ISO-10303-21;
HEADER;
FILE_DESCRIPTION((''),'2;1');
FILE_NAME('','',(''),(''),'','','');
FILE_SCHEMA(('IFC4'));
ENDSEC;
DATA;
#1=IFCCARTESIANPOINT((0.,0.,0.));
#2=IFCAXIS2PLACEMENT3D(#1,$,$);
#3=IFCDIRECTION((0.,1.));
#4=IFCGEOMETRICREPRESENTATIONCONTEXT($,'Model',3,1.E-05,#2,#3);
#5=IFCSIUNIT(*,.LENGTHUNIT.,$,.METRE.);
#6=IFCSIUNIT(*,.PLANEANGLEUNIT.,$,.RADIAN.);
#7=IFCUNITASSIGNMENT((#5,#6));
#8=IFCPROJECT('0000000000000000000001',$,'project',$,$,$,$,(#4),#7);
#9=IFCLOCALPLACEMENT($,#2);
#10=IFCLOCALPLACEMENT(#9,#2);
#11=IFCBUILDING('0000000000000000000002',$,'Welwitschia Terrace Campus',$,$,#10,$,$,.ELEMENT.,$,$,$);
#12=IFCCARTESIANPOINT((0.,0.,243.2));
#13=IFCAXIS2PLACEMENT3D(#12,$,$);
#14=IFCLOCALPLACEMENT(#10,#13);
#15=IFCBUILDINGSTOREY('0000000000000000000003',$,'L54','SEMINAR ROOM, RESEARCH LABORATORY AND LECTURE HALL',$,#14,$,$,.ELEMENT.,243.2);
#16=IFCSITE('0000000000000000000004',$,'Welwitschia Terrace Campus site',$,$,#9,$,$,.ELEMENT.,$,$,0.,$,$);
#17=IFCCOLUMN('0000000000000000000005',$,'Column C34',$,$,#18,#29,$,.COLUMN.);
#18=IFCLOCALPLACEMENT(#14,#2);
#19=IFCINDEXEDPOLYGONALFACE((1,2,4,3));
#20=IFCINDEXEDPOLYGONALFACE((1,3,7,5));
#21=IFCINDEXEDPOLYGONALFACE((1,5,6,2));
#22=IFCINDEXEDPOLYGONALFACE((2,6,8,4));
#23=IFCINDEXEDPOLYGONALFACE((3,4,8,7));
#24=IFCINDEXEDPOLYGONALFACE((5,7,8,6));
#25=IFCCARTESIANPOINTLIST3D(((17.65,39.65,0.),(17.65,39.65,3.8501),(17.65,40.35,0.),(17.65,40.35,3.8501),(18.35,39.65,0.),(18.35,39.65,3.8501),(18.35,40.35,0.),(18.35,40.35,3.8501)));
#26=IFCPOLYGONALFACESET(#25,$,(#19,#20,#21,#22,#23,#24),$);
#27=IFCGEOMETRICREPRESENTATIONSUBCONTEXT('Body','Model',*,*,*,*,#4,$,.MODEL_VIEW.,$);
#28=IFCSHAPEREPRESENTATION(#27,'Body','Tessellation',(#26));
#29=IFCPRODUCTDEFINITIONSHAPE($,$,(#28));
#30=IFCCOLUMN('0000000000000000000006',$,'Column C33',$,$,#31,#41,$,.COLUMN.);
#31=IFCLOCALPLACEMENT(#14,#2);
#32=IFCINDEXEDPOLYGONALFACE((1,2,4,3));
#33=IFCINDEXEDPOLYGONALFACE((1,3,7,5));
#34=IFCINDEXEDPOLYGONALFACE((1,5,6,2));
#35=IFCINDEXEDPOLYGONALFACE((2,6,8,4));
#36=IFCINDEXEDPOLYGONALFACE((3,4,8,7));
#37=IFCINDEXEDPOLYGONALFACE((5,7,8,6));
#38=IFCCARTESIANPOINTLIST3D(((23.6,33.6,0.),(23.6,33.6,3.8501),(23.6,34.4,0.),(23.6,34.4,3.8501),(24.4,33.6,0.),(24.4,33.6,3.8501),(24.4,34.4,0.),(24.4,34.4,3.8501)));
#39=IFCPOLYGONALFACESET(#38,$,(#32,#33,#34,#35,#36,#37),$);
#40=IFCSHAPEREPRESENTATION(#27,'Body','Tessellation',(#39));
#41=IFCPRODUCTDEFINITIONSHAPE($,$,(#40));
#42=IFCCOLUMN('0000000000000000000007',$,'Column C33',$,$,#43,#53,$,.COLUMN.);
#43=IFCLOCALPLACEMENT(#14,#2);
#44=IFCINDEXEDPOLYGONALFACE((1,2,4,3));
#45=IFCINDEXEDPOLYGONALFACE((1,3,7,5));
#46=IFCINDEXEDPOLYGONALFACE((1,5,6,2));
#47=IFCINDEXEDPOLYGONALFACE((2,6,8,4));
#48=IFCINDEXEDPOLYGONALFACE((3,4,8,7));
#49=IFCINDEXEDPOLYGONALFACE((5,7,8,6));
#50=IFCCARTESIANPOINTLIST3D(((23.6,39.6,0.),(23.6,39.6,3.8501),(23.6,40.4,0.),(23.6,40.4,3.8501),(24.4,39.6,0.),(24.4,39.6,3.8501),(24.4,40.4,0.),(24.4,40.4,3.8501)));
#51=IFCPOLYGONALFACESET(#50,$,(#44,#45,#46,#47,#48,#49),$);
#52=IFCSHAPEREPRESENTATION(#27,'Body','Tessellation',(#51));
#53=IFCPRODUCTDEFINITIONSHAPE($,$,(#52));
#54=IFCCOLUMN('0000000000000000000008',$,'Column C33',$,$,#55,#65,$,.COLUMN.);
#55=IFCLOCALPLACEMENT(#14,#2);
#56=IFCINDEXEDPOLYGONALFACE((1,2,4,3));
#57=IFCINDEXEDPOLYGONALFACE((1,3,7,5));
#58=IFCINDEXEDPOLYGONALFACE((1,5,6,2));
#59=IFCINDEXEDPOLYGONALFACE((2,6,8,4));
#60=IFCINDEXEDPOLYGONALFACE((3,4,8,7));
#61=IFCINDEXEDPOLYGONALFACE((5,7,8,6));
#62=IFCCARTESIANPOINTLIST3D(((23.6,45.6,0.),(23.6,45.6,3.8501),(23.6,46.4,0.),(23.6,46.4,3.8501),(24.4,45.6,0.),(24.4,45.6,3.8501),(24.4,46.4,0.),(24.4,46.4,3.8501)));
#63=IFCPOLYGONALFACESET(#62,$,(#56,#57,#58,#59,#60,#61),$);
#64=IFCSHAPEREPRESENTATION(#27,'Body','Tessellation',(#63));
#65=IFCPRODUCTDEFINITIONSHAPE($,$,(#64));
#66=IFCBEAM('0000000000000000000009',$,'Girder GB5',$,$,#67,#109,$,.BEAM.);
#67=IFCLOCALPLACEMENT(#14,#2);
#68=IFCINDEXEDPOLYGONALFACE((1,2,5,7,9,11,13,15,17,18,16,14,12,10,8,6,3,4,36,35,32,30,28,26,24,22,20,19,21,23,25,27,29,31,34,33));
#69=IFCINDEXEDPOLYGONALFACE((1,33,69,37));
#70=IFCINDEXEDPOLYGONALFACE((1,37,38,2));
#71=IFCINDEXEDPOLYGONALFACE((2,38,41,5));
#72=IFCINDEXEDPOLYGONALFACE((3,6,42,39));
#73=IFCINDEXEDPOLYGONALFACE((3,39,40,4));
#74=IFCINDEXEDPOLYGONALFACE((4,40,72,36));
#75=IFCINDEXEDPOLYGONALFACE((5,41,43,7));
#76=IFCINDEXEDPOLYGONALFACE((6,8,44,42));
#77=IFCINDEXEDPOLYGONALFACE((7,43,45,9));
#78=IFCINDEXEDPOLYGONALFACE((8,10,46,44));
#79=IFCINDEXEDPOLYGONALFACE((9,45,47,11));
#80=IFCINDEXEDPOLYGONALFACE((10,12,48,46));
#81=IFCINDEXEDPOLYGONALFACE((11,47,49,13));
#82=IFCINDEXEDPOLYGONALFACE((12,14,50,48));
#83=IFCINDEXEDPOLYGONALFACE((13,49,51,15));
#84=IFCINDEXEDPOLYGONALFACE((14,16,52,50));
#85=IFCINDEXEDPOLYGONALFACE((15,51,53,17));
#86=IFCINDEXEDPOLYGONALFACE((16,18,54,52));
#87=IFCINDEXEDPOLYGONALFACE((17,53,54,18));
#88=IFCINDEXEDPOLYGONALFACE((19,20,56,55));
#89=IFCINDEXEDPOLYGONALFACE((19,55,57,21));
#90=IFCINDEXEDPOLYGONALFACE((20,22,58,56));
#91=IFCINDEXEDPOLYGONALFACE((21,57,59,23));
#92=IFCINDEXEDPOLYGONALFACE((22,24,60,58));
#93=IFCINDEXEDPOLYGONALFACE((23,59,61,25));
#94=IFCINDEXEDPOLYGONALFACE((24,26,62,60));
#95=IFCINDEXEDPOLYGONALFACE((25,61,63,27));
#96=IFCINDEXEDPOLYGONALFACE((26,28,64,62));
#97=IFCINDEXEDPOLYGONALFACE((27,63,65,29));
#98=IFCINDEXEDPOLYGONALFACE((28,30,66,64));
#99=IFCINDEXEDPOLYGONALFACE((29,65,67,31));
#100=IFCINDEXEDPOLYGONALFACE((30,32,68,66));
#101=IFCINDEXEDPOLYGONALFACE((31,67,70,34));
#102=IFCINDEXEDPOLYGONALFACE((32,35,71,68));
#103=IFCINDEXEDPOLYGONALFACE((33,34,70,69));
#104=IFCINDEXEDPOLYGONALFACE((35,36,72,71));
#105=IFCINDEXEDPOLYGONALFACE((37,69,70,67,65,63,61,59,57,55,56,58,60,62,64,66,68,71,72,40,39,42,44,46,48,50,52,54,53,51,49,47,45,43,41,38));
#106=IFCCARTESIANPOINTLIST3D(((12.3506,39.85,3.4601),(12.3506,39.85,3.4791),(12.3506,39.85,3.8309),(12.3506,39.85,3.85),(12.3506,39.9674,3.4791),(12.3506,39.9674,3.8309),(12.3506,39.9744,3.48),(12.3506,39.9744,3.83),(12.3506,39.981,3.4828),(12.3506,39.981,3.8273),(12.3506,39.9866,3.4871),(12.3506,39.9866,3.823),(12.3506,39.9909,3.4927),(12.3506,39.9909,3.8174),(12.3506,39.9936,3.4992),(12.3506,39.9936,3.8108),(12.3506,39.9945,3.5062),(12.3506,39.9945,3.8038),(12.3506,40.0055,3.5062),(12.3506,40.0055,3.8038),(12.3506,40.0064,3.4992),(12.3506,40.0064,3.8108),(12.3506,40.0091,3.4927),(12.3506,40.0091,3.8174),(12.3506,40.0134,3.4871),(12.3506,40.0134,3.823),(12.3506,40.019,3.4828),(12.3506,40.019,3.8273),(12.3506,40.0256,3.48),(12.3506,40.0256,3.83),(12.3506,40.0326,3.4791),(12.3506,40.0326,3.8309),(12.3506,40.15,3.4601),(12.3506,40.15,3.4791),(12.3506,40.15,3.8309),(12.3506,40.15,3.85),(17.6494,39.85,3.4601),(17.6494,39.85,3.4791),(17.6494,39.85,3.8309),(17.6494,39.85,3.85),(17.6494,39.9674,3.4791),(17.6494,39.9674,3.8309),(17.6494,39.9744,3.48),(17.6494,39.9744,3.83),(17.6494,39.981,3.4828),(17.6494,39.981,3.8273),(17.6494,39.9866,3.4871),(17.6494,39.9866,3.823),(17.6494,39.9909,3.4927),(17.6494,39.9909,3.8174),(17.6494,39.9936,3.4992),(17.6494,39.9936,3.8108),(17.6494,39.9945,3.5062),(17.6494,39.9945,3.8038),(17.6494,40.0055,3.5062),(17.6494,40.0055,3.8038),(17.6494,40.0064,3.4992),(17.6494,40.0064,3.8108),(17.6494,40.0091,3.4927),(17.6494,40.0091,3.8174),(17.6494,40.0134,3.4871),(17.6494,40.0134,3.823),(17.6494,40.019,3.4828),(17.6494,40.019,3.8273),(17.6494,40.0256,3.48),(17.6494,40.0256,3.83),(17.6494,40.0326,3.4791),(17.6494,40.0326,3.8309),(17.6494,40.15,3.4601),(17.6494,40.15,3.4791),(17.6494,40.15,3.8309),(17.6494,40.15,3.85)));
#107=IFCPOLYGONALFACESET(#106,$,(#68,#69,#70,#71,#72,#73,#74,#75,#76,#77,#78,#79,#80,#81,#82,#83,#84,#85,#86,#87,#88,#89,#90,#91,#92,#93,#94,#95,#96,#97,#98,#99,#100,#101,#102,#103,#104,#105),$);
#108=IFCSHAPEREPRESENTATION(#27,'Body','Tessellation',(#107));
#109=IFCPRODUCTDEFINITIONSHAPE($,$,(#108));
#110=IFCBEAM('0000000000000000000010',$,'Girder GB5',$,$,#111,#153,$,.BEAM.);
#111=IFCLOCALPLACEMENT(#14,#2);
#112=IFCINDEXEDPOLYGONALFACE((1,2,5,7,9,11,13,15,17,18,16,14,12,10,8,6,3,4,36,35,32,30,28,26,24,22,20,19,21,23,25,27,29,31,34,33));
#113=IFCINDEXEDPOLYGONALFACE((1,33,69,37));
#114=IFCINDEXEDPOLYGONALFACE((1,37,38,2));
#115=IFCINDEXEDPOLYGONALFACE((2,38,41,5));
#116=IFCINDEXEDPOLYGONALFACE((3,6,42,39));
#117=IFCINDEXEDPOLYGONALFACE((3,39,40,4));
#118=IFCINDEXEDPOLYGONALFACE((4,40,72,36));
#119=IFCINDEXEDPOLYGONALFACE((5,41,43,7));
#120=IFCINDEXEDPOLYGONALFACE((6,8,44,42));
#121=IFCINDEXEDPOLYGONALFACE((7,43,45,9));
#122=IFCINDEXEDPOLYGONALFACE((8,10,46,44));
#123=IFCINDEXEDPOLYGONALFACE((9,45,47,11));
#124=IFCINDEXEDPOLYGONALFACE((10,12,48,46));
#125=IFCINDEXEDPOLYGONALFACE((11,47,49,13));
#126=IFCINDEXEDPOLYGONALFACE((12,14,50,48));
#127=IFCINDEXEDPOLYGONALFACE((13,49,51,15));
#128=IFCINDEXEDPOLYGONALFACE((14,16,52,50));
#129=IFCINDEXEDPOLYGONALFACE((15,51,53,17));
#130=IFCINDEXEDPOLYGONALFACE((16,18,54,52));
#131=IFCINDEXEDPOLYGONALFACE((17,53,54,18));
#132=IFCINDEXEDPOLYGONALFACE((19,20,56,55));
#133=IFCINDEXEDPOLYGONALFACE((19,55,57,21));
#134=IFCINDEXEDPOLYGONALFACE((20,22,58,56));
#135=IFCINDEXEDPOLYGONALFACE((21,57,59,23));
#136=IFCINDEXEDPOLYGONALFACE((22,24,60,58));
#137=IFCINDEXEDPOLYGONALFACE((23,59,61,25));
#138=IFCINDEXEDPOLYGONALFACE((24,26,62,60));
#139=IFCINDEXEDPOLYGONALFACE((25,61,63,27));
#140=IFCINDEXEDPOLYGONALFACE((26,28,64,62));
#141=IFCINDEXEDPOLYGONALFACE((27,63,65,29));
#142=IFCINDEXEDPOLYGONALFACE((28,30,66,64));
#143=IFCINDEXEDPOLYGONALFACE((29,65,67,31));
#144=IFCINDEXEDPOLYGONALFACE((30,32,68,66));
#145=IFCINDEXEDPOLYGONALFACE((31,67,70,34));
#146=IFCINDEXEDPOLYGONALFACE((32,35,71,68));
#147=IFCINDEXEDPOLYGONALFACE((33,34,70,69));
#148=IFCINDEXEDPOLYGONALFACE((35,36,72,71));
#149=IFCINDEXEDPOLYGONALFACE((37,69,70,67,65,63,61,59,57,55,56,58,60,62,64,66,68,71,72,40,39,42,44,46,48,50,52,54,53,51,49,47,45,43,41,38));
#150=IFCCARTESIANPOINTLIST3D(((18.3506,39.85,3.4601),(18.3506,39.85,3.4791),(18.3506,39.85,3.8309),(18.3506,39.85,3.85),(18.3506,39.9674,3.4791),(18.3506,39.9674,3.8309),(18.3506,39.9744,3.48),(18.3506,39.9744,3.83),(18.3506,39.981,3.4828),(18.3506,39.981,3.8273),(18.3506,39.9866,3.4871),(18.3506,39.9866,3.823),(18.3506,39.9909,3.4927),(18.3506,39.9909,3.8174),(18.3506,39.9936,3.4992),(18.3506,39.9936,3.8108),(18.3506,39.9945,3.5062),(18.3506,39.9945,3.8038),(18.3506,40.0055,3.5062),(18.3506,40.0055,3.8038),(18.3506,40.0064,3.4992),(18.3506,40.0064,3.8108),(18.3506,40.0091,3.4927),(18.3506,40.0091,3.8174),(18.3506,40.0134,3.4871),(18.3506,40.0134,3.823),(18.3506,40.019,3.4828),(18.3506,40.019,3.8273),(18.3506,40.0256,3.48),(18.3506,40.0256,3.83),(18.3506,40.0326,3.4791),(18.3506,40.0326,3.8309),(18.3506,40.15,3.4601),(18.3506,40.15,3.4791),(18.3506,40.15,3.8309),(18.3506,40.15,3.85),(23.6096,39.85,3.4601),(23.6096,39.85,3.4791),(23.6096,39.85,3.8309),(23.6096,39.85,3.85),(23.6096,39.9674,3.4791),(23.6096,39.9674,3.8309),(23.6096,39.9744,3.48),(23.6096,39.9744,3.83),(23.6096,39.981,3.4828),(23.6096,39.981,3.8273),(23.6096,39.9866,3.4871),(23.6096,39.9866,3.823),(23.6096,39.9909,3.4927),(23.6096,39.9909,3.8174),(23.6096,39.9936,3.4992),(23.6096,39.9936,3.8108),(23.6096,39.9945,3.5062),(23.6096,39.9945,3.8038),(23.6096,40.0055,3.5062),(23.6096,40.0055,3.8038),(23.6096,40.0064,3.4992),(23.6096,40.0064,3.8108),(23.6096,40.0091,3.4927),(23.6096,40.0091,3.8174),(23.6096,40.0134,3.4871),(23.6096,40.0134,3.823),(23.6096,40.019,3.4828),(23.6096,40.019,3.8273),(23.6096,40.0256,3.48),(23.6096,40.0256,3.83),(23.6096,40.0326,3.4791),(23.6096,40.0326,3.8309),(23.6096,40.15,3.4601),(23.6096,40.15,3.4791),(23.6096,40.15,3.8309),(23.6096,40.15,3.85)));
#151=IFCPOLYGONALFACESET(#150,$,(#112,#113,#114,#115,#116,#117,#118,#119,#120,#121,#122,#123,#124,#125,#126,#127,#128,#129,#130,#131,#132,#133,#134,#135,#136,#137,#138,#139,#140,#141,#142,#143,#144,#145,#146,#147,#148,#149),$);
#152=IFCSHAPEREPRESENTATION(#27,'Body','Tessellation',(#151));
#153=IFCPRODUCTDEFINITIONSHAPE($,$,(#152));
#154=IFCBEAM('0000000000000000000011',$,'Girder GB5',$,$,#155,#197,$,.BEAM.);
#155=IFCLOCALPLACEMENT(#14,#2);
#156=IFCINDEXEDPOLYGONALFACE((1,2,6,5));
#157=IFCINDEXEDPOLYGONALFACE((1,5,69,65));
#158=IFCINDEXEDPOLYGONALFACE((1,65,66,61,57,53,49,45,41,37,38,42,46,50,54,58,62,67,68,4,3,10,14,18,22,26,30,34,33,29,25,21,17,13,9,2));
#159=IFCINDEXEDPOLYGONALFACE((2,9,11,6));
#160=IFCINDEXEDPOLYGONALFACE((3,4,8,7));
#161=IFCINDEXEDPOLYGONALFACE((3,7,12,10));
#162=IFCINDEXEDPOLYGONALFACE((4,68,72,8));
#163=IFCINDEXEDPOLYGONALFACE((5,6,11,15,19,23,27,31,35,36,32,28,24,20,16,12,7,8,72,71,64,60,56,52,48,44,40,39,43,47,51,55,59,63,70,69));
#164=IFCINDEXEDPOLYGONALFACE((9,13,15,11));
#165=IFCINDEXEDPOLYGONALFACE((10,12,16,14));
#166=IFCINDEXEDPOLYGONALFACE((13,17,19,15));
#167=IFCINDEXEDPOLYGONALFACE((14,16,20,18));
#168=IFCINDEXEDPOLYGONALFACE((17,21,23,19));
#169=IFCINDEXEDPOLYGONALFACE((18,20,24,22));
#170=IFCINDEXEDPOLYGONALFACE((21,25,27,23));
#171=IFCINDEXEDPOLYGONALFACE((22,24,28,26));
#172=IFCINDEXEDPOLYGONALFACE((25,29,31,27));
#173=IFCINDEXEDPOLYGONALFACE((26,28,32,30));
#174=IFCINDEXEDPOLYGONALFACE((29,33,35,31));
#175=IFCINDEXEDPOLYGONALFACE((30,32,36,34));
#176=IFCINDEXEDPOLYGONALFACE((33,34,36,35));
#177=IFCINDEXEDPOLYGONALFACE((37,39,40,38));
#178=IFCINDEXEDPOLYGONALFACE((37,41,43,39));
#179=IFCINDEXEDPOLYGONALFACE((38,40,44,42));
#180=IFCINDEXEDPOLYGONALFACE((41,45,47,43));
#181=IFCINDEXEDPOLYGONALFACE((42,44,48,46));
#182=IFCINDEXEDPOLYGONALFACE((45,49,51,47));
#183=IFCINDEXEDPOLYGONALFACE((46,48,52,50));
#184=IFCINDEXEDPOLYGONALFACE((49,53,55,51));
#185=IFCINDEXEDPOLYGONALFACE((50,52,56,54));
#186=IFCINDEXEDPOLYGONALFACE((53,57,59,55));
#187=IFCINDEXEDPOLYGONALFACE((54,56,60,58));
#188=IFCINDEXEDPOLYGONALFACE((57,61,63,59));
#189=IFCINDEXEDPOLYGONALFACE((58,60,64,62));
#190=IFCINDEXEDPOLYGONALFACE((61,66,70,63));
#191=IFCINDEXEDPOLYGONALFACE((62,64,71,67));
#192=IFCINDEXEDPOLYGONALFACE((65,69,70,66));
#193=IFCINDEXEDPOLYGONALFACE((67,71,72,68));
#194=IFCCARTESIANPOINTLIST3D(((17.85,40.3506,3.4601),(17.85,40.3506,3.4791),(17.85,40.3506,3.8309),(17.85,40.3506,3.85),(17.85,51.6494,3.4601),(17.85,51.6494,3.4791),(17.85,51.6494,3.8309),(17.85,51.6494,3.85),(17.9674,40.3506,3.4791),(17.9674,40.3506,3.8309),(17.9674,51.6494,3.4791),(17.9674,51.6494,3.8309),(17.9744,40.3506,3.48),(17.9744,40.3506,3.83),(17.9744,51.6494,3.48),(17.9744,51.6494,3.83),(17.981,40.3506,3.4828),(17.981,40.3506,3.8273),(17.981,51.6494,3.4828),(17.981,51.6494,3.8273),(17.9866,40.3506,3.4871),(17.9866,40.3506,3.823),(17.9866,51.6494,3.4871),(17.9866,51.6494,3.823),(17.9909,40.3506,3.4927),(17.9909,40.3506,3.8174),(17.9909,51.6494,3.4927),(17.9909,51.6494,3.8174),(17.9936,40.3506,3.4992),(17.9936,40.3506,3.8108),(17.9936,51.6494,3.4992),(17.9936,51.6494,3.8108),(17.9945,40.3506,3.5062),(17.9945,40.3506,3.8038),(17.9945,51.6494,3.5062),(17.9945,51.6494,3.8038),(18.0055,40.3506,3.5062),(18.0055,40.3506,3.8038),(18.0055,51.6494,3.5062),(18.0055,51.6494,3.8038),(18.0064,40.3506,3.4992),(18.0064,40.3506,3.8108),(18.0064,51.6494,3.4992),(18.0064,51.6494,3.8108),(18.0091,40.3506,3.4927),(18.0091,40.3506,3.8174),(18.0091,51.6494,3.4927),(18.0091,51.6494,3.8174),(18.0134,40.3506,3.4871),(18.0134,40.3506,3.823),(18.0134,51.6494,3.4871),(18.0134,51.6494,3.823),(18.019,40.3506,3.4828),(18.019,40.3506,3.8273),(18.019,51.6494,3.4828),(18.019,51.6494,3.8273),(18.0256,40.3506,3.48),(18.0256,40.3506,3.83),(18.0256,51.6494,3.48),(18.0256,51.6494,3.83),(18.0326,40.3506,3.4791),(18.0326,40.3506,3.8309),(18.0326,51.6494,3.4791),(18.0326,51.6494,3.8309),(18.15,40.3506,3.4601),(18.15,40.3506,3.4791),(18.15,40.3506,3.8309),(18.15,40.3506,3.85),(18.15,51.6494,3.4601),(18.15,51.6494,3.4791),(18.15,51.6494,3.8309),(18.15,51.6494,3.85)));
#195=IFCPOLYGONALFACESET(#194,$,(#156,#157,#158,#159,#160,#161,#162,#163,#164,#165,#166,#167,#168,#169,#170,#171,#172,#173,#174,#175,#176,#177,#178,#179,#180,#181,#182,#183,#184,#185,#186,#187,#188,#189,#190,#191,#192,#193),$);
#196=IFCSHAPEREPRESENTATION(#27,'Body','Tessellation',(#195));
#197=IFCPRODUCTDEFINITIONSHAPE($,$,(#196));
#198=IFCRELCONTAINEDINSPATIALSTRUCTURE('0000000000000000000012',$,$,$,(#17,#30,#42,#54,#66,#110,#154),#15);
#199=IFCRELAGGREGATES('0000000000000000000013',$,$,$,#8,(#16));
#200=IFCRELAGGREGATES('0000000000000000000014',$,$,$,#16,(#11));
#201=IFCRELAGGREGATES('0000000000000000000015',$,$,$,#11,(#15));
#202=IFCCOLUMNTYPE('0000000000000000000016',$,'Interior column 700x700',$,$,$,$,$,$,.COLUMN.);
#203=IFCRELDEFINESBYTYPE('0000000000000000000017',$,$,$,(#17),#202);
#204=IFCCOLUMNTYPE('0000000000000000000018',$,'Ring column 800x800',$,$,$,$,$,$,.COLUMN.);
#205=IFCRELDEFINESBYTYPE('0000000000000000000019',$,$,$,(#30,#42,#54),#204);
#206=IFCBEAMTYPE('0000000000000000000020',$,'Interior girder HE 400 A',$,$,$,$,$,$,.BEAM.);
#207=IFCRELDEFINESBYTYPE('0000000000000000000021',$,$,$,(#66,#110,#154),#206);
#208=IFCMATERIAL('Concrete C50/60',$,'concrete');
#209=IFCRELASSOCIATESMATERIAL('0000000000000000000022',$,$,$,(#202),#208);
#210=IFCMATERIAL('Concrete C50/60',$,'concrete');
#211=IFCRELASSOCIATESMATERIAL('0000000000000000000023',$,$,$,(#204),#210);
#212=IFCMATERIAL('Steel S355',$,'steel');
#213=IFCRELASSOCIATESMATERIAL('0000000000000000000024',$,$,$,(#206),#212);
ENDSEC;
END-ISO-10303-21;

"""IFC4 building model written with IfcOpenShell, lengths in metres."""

from ifc_helpers import new_model, si_unit, direction, frame, origin, origin_2d, place, context, subcontext, project, spatial, rectangle, i_section, extrude, material, material_profile, profile_set, type_object, element, save


model = new_model("IFC4")

# Units and contexts
model_context = context("Model", 3, precision=1e-05, world=origin(), true_north=direction((0.0, 1.0)))
body_context = subcontext(model_context, "Body", "Model", "MODEL_VIEW")
ifc_project = project(units=[si_unit("LENGTHUNIT", "METRE"), si_unit("PLANEANGLEUNIT", "RADIAN")], contexts=[model_context])

# Site, building, storey
site_placement = place(None, origin())
site = spatial("IfcSite", under=ifc_project, at=site_placement, Name="Welwitschia Terrace Campus site", CompositionType="ELEMENT", RefElevation=0.0)
building_placement = place(site_placement, origin())
building = spatial("IfcBuilding", under=site, at=building_placement, Name="Welwitschia Terrace Campus", CompositionType="ELEMENT")
storey_placement = place(building_placement, frame((0.0, 0.0, 243.2)))
storey = spatial("IfcBuildingStorey", under=building, at=storey_placement, Name="L54", Description="SEMINAR ROOM, RESEARCH LABORATORY AND LECTURE HALL", CompositionType="ELEMENT", Elevation=243.2)

# Columns
ifc_material_1 = material(Name="Concrete C50/60", Category="concrete")
ifc_material_profile_1 = material_profile(ifc_material_1, rectangle(XDim=0.7, YDim=0.7, at=origin_2d()))
ifc_profile_set_1 = profile_set([ifc_material_profile_1], Name="Concrete C50/60")
column_type_1 = type_object("IfcColumnType", Name="Interior column 700x700", PredefinedType="COLUMN", material=ifc_profile_set_1)
column_placement = place(storey_placement, frame((18.0, 40.0, 0.0), z_axis=(0.0, 0.0, 1.0), x_axis=(1.0, 0.0, 0.0)))
element("IfcColumn", 1, at=column_placement, inside=storey, type_object=column_type_1, Name="Column C34", PredefinedType="COLUMN", context=body_context, shape_type="SweptSolid", body=[
    extrude(rectangle(XDim=0.7, YDim=0.7, at=origin_2d()), origin(), (0.0, 0.0, 1.0), 3.8501),
])
ifc_material_2 = material(Name="Concrete C50/60", Category="concrete")
ifc_material_profile_2 = material_profile(ifc_material_2, rectangle(XDim=0.8, YDim=0.8, at=origin_2d()))
ifc_profile_set_2 = profile_set([ifc_material_profile_2], Name="Concrete C50/60")
column_type_2 = type_object("IfcColumnType", Name="Ring column 800x800", PredefinedType="COLUMN", material=ifc_profile_set_2)
for number, where, z_axis, x_axis, name in (
    (2, (24.0, 34.0, 0.0), (0.0, 0.0, 1.0), (1.0, 0.0, 0.0), "Column C33"),
    (3, (24.0, 40.0, 0.0), (0.0, 0.0, 1.0), (1.0, 0.0, 0.0), "Column C33"),
    (4, (24.0, 46.0, 0.0), (0.0, 0.0, 1.0), (1.0, 0.0, 0.0), "Column C33"),
):
    element("IfcColumn", number, at=place(storey_placement, frame(where, z_axis=z_axis, x_axis=x_axis)), inside=storey, type_object=column_type_2, Name=name, PredefinedType="COLUMN", context=body_context, shape_type="SweptSolid", body=[
        extrude(rectangle(XDim=0.8, YDim=0.8, at=origin_2d()), origin(), (0.0, 0.0, 1.0), 3.8501),
    ])

# Beams
ifc_material_3 = material(Name="Steel S355", Category="steel")
ifc_material_profile_3 = material_profile(ifc_material_3, i_section(OverallWidth=0.3, OverallDepth=0.3899, WebThickness=0.011, FlangeThickness=0.019, FilletRadius=0.0271, at=origin_2d()))
ifc_profile_set_3 = profile_set([ifc_material_profile_3], Name="Steel S355")
beam_type_1 = type_object("IfcBeamType", Name="Interior girder HE 400 A", PredefinedType="BEAM", material=ifc_profile_set_3)
beam_1_placement = place(storey_placement, frame((12.3506, 40.0, 3.655), z_axis=(1.0, 0.0, 0.0), x_axis=(0.0, 1.0, 0.0)))
element("IfcBeam", 5, at=beam_1_placement, inside=storey, type_object=beam_type_1, Name="Girder GB5", PredefinedType="BEAM", context=body_context, shape_type="SweptSolid", body=[
    extrude(i_section(OverallWidth=0.3, OverallDepth=0.3899, WebThickness=0.011, FlangeThickness=0.019, FilletRadius=0.0271, at=origin_2d()), origin(), (0.0, 0.0, 1.0), 5.2988),
])
beam_2_placement = place(storey_placement, frame((18.3506, 40.0, 3.655), z_axis=(1.0, 0.0, 0.0), x_axis=(0.0, 1.0, 0.0)))
element("IfcBeam", 6, at=beam_2_placement, inside=storey, type_object=beam_type_1, Name="Girder GB5", PredefinedType="BEAM", context=body_context, shape_type="SweptSolid", body=[
    extrude(i_section(OverallWidth=0.3, OverallDepth=0.3899, WebThickness=0.011, FlangeThickness=0.019, FilletRadius=0.0271, at=origin_2d()), origin(), (0.0, 0.0, 1.0), 5.259),
])
beam_3_placement = place(storey_placement, frame((18.0, 40.3506, 3.655), z_axis=(0.0, 1.0, 0.0), x_axis=(-1.0, 0.0, 0.0)))
element("IfcBeam", 7, at=beam_3_placement, inside=storey, type_object=beam_type_1, Name="Girder GB5", PredefinedType="BEAM", context=body_context, shape_type="SweptSolid", body=[
    extrude(i_section(OverallWidth=0.3, OverallDepth=0.3899, WebThickness=0.011, FlangeThickness=0.019, FilletRadius=0.0271, at=origin_2d()), origin(), (0.0, 0.0, 1.0), 11.2988),
])

save(model, "model.ifc")
